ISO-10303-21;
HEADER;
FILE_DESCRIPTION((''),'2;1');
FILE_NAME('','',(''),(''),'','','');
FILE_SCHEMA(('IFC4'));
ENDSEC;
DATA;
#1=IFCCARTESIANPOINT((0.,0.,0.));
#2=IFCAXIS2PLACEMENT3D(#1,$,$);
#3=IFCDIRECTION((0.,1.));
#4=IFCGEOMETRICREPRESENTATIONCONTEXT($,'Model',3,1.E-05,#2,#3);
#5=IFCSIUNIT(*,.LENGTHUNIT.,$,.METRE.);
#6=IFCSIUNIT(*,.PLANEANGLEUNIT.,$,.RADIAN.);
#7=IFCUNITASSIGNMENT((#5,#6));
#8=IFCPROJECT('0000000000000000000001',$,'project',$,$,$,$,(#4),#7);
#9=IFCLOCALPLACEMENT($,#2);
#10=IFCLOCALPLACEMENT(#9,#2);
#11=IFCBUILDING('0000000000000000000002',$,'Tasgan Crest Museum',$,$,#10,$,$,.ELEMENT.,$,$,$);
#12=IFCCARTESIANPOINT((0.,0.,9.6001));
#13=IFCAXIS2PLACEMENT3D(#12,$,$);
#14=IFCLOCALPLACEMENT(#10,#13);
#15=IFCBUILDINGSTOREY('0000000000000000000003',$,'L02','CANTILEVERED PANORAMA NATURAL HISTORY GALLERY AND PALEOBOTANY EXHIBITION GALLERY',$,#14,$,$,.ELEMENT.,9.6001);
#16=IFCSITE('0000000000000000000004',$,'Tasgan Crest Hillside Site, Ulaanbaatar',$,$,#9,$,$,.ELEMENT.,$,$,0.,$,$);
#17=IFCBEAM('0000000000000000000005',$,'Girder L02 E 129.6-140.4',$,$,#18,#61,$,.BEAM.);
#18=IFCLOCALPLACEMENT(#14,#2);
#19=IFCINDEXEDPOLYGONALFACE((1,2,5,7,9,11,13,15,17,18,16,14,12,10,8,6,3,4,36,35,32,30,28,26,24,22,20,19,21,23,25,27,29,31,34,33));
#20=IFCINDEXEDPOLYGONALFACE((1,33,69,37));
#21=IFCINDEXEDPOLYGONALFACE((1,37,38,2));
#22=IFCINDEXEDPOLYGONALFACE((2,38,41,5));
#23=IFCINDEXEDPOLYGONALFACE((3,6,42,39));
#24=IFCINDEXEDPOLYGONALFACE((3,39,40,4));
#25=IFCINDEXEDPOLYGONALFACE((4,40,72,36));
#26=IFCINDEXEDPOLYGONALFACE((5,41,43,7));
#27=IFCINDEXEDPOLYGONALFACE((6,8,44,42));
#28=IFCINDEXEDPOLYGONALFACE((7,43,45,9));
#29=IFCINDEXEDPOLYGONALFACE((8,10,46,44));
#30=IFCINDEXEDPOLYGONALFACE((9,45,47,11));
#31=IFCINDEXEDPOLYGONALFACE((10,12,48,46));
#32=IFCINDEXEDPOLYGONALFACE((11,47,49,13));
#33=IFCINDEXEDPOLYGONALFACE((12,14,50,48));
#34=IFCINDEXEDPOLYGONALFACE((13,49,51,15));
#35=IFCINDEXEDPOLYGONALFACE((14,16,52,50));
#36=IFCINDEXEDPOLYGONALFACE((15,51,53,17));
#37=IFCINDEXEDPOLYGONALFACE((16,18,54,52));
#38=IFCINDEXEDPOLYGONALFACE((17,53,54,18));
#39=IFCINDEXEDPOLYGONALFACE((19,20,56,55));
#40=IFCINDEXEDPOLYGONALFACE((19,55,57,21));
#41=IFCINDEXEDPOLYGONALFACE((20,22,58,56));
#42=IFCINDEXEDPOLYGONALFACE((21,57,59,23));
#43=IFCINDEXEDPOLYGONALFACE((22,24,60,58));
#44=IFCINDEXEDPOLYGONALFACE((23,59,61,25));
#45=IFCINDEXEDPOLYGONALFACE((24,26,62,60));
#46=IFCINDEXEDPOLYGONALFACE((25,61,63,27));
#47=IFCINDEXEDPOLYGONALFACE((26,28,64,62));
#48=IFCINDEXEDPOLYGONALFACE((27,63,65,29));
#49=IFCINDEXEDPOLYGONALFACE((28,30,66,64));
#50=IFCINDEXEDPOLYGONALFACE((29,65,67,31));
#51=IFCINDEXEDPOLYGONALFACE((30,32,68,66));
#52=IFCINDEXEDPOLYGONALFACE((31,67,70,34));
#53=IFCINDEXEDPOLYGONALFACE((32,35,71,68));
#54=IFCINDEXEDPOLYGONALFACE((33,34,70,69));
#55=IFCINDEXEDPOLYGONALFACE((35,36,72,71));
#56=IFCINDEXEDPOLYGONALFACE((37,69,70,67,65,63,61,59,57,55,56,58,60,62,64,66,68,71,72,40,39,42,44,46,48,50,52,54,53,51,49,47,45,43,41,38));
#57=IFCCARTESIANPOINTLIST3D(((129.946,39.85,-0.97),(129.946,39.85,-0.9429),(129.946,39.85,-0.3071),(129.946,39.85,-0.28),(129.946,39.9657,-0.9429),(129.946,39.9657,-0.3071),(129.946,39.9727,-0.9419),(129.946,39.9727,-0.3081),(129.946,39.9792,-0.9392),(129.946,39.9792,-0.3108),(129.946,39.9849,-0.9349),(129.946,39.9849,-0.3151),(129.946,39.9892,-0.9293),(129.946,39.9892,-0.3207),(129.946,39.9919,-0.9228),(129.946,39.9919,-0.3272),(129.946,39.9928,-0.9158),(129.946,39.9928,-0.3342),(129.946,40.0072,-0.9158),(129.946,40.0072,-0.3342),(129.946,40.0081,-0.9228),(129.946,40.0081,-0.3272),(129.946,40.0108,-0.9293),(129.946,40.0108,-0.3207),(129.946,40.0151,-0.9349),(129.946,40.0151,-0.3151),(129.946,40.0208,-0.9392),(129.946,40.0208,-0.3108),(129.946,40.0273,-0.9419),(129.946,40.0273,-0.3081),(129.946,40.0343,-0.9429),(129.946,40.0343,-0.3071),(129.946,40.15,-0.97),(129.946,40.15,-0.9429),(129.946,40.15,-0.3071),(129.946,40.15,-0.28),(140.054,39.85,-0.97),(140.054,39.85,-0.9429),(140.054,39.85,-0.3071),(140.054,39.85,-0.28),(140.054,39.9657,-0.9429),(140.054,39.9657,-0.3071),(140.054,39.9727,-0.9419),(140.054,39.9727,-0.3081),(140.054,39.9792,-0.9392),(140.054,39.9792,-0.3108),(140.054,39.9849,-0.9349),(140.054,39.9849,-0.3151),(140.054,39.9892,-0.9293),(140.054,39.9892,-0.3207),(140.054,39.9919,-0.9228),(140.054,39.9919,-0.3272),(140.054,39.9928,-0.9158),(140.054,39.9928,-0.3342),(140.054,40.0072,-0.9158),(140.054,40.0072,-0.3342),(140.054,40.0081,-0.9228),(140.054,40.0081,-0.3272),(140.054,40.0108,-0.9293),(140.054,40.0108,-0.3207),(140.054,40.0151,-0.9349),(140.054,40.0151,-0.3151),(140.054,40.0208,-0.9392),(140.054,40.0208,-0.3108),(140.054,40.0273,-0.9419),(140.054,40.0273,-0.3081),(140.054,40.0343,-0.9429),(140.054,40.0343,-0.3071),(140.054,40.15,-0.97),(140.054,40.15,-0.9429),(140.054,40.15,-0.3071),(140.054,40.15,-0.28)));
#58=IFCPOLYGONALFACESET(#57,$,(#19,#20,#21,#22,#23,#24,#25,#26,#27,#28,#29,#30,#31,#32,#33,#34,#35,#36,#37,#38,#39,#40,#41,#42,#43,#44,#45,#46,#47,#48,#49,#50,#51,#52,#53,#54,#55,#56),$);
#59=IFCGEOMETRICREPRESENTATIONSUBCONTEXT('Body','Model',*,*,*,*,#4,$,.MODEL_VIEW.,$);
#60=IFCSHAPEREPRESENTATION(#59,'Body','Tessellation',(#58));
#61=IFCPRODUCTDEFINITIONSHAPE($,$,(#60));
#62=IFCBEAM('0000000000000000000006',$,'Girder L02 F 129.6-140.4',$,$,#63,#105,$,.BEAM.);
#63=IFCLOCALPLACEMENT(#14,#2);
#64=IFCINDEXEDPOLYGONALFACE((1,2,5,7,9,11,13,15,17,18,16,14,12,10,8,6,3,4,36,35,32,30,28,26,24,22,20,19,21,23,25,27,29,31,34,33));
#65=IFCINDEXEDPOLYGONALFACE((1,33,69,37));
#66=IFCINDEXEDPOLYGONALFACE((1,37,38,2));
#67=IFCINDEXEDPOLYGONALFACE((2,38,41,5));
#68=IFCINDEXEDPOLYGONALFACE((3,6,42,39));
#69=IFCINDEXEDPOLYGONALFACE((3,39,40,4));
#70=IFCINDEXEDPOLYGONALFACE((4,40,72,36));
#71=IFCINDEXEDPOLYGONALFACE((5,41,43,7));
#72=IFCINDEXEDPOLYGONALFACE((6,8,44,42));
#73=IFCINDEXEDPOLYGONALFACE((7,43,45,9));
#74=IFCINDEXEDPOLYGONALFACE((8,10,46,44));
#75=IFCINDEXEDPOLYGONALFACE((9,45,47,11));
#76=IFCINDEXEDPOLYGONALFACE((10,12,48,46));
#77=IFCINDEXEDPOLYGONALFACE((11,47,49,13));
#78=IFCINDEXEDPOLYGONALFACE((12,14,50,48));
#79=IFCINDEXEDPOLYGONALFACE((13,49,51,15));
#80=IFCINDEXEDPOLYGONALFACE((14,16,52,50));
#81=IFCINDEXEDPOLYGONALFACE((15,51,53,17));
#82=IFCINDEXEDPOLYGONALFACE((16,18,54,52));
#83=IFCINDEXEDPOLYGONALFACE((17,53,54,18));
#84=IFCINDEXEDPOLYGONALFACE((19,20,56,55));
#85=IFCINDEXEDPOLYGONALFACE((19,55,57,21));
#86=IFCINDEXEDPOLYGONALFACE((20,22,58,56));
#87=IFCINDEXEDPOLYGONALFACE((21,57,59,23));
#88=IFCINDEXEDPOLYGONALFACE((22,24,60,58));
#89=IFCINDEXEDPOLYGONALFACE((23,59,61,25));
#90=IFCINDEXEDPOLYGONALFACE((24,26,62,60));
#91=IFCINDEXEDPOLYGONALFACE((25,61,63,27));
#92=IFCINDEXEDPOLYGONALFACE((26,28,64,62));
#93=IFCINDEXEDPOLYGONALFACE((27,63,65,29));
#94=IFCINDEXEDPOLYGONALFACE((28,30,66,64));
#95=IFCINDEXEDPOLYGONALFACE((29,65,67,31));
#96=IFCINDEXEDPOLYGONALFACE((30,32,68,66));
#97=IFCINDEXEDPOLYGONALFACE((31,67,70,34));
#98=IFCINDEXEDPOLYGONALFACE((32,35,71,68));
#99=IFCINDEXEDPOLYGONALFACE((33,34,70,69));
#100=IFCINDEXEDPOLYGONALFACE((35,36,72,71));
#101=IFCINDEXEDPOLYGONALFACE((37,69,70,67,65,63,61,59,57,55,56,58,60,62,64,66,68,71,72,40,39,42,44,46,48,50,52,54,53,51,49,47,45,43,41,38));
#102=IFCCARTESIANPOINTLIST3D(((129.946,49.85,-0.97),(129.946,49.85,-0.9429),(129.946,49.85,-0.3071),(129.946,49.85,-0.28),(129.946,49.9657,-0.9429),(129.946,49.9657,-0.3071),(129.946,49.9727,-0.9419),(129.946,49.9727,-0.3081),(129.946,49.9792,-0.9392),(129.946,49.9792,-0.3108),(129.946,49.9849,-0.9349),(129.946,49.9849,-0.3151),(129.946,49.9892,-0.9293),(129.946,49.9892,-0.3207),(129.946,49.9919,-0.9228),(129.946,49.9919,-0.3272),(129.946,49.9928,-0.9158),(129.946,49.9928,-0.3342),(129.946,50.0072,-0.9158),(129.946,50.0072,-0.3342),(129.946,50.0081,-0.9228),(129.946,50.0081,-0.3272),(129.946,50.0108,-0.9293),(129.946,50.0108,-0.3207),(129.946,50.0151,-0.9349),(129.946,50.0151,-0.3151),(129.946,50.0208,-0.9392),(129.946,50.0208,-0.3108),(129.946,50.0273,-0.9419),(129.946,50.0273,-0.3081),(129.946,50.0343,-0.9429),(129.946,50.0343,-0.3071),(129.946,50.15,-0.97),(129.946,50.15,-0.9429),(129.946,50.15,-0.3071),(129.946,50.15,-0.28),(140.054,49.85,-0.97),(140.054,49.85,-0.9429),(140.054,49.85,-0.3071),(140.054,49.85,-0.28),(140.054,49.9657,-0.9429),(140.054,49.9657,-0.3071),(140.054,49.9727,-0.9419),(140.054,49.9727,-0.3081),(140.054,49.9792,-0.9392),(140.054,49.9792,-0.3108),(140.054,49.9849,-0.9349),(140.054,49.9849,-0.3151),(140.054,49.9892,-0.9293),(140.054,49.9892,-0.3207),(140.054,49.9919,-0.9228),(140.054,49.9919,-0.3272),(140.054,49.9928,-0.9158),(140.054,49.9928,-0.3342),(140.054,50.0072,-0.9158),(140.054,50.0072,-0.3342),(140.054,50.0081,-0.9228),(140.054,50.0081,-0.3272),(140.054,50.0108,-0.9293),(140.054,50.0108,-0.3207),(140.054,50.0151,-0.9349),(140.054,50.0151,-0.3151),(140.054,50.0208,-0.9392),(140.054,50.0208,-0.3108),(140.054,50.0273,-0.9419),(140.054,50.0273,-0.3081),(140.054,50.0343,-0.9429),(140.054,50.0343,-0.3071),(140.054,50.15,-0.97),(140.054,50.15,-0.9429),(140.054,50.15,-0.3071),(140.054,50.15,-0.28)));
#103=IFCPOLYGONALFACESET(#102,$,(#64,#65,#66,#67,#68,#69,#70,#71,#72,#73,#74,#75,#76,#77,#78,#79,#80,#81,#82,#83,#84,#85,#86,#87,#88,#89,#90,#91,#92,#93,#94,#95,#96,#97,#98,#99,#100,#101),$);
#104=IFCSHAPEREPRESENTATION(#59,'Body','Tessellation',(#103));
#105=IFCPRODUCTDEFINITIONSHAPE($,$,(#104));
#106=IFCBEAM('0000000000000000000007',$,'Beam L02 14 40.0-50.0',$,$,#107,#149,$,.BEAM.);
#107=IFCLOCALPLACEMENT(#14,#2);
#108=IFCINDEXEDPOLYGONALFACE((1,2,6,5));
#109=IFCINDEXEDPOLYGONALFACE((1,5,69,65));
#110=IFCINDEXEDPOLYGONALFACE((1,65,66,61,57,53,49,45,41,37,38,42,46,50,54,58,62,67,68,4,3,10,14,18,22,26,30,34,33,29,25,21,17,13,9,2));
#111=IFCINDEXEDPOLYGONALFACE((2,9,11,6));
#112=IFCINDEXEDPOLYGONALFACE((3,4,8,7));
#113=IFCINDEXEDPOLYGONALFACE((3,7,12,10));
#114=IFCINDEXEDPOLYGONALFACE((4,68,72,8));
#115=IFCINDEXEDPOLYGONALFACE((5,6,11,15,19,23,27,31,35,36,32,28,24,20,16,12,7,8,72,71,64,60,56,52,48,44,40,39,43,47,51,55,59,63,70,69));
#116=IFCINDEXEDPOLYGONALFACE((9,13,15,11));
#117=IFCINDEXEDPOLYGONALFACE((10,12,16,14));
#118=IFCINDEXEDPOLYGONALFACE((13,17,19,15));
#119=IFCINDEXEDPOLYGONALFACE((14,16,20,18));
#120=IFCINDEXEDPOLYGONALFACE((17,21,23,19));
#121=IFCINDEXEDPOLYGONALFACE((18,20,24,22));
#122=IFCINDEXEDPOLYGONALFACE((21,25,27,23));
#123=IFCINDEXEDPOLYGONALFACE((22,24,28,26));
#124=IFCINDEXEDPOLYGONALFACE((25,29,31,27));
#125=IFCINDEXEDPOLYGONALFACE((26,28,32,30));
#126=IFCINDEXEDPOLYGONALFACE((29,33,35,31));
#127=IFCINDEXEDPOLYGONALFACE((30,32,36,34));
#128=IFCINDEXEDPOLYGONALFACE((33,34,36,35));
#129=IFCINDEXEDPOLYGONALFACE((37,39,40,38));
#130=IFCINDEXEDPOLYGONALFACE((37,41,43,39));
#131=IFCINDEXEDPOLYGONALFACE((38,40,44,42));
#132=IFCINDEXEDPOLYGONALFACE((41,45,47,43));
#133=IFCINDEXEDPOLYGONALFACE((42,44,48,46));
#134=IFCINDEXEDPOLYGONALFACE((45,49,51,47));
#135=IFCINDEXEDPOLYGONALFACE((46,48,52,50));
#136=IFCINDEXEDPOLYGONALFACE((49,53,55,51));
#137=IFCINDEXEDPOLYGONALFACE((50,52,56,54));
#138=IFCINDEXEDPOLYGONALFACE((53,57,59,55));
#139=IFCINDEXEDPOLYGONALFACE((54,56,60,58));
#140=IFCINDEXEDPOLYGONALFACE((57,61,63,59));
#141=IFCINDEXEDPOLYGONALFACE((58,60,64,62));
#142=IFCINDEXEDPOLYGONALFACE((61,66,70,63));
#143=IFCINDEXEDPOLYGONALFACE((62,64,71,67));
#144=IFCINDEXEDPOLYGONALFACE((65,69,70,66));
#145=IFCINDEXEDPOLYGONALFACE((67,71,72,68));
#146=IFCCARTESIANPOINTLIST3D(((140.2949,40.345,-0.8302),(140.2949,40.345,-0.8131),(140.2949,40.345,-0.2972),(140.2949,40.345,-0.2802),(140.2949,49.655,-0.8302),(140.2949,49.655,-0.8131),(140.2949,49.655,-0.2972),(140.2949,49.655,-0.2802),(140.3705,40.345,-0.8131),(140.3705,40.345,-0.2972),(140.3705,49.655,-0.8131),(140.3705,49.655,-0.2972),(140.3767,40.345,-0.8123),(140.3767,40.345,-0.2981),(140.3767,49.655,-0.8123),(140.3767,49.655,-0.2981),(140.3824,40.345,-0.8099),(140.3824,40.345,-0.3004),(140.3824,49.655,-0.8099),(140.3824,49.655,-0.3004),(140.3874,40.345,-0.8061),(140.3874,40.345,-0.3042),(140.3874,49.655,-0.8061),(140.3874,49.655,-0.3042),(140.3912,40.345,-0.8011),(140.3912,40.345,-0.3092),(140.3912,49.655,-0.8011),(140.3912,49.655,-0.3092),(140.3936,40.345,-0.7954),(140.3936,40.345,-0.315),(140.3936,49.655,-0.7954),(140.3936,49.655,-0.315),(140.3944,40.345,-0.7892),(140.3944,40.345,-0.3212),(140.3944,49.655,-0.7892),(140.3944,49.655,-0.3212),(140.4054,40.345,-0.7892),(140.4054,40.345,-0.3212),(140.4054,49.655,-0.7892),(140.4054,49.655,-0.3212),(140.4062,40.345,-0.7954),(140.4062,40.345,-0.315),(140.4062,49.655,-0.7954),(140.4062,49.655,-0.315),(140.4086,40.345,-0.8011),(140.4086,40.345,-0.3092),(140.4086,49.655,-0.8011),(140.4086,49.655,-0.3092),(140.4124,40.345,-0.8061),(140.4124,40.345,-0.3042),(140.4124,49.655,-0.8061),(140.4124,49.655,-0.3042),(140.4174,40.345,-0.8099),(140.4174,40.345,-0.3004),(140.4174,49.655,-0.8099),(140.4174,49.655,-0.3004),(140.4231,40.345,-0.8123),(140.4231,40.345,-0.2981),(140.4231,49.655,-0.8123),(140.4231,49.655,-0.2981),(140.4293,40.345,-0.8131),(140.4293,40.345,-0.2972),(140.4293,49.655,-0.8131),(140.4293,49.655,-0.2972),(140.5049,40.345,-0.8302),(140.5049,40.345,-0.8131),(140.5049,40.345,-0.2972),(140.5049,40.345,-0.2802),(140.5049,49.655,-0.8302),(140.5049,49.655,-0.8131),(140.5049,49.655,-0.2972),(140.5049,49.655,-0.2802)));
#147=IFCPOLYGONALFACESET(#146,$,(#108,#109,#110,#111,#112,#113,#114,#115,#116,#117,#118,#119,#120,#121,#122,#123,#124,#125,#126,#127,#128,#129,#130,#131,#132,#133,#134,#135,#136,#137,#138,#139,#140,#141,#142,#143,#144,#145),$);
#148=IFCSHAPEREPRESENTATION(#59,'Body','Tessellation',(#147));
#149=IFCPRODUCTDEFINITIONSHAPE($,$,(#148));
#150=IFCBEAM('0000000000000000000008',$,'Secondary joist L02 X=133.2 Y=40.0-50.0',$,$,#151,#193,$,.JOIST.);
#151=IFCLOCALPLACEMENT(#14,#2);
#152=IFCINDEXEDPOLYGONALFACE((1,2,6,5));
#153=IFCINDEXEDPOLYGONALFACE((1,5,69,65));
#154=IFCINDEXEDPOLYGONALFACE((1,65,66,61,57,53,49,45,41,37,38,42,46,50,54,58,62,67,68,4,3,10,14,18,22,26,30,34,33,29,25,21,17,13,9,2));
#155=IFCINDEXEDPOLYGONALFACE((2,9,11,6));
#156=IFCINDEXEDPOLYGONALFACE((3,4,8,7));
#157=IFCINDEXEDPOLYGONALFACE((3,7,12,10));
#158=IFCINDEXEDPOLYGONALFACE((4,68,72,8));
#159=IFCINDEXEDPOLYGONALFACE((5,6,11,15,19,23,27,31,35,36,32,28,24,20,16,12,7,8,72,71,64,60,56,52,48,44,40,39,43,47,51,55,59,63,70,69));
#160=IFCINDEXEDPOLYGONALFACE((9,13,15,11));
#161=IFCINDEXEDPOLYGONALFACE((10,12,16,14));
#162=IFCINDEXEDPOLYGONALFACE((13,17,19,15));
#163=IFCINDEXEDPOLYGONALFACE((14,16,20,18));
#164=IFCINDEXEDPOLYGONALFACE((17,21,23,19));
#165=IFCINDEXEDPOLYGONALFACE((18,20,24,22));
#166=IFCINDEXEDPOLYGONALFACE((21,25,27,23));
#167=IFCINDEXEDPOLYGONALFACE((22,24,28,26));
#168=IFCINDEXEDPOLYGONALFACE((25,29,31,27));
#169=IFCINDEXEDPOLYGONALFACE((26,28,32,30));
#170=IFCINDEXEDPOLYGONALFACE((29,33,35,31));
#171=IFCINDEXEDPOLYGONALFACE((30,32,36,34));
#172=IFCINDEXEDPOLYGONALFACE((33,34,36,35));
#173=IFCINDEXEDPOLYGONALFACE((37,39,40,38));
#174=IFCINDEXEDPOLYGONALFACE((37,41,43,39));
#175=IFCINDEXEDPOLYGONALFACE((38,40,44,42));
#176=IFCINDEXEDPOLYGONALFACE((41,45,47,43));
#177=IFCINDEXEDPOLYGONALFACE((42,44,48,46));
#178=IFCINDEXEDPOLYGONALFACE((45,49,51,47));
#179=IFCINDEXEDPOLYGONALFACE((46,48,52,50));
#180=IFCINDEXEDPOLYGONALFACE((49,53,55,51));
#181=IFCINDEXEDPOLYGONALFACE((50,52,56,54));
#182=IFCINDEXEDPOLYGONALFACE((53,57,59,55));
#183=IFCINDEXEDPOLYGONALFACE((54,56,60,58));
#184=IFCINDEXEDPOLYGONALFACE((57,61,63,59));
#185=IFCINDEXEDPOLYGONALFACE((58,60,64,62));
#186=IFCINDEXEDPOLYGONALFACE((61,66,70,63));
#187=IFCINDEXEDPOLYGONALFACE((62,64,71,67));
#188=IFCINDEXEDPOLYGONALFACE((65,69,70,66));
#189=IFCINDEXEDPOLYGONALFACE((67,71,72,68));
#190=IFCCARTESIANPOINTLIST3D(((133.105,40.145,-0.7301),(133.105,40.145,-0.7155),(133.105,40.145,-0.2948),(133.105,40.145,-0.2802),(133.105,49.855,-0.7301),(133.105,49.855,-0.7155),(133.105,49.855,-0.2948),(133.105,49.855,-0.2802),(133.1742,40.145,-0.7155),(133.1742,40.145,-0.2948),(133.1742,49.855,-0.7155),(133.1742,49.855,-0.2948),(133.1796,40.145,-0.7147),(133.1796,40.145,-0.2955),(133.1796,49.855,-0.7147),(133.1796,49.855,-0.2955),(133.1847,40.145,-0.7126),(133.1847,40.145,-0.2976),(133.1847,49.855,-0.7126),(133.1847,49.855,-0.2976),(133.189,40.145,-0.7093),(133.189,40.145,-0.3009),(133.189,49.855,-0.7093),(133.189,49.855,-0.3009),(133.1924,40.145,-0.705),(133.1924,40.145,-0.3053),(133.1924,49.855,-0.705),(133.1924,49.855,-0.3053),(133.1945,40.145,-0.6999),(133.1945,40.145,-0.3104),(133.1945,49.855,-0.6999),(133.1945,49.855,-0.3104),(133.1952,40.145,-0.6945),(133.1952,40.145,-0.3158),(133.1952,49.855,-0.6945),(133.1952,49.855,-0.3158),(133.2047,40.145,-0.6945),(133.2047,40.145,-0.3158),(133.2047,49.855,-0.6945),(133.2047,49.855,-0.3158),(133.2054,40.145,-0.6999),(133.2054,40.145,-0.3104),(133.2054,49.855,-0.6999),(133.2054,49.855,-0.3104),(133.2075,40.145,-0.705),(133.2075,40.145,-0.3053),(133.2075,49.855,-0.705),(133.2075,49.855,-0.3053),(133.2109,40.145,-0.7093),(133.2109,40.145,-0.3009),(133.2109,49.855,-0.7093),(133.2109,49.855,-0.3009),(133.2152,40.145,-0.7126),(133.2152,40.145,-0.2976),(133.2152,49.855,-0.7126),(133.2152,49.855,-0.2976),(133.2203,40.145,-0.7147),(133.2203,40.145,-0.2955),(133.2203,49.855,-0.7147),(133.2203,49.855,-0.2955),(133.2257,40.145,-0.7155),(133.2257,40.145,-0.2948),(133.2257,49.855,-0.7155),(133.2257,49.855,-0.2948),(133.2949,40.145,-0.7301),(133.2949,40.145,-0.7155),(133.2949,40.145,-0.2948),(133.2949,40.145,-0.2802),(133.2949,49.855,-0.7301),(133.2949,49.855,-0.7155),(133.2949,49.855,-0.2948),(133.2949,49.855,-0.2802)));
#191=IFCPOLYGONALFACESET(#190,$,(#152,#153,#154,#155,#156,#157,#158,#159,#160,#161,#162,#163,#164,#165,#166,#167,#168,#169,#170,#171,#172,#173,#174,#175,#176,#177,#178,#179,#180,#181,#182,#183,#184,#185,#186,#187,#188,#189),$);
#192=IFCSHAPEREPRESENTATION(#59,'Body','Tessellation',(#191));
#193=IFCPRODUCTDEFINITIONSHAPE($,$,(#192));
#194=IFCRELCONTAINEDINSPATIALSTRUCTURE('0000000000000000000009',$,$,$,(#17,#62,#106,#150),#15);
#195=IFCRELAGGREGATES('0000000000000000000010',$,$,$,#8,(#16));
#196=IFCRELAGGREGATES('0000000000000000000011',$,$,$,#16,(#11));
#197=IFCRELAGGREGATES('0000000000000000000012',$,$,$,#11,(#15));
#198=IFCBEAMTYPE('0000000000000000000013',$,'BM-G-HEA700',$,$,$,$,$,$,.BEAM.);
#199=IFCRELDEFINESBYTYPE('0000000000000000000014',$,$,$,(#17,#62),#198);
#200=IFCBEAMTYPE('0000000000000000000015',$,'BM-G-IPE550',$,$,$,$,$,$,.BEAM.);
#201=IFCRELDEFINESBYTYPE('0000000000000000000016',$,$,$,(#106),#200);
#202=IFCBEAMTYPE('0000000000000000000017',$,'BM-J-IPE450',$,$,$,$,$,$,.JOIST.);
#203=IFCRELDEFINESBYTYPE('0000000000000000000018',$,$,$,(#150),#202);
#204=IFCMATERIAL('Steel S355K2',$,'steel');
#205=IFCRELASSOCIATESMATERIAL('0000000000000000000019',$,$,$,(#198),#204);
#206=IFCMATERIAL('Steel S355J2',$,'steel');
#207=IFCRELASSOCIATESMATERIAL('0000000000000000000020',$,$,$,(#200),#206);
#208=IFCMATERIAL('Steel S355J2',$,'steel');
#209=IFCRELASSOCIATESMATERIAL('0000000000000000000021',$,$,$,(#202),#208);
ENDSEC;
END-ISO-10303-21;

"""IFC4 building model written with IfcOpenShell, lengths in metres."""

from ifc_helpers import new_model, si_unit, direction, frame, origin, origin_2d, place, context, subcontext, project, spatial, i_section, extrude, material, material_profile, profile_set, type_object, element, save


model = new_model("IFC4")

# Units and contexts
model_context = context("Model", 3, precision=1e-05, world=origin(), true_north=direction((0.0, 1.0)))
body_context = subcontext(model_context, "Body", "Model", "MODEL_VIEW")
ifc_project = project(units=[si_unit("LENGTHUNIT", "METRE"), si_unit("PLANEANGLEUNIT", "RADIAN")], contexts=[model_context])

# Site, building, storey
site_placement = place(None, origin())
site = spatial("IfcSite", under=ifc_project, at=site_placement, Name="Tasgan Crest Hillside Site, Ulaanbaatar", CompositionType="ELEMENT", RefElevation=0.0)
building_placement = place(site_placement, origin())
building = spatial("IfcBuilding", under=site, at=building_placement, Name="Tasgan Crest Museum", CompositionType="ELEMENT")
storey_placement = place(building_placement, frame((0.0, 0.0, 9.6001)))
storey = spatial("IfcBuildingStorey", under=building, at=storey_placement, Name="L02", Description="CANTILEVERED PANORAMA NATURAL HISTORY GALLERY AND PALEOBOTANY EXHIBITION GALLERY", CompositionType="ELEMENT", Elevation=9.6001)

# Beams
ifc_material_1 = material(Name="Steel S355K2", Category="steel")
ifc_material_profile_1 = material_profile(ifc_material_1, i_section(OverallWidth=0.3, OverallDepth=0.6899, WebThickness=0.0144, FlangeThickness=0.0271, FilletRadius=0.0271, at=origin_2d()), Name="HEA 700")
ifc_profile_set_1 = profile_set([ifc_material_profile_1], Name="Steel S355K2")
beam_type_1 = type_object("IfcBeamType", Name="BM-G-HEA700", PredefinedType="BEAM", material=ifc_profile_set_1)
for number, where, z_axis, x_axis, name in (
    (1, (129.946, 40.0, -0.625), (1.0, 0.0, 0.0), (0.0, 1.0, 0.0), "Girder L02 E 129.6-140.4"),
    (2, (129.946, 50.0, -0.625), (1.0, 0.0, 0.0), (0.0, 1.0, 0.0), "Girder L02 F 129.6-140.4"),
):
    element("IfcBeam", number, at=place(storey_placement, frame(where, z_axis=z_axis, x_axis=x_axis)), inside=storey, type_object=beam_type_1, Name=name, PredefinedType="BEAM", context=body_context, shape_type="SweptSolid", body=[
        extrude(i_section(OverallWidth=0.3, OverallDepth=0.6899, WebThickness=0.0144, FlangeThickness=0.0271, FilletRadius=0.0271, at=origin_2d()), origin(), (0.0, 0.0, 1.0), 10.1079),
    ])
ifc_material_2 = material(Name="Steel S355J2", Category="steel")
ifc_material_profile_2 = material_profile(ifc_material_2, i_section(OverallWidth=0.21, OverallDepth=0.55, WebThickness=0.011, FlangeThickness=0.0171, FilletRadius=0.0239, at=origin_2d()), Name="IPE 550")
ifc_profile_set_2 = profile_set([ifc_material_profile_2], Name="Steel S355J2")
beam_type_2 = type_object("IfcBeamType", Name="BM-G-IPE550", PredefinedType="BEAM", material=ifc_profile_set_2)
beam_1_placement = place(storey_placement, frame((140.3999, 40.345, -0.5552), z_axis=(0.0, 1.0, 0.0), x_axis=(-1.0, 0.0, 0.0)))
element("IfcBeam", 3, at=beam_1_placement, inside=storey, type_object=beam_type_2, Name="Beam L02 14 40.0-50.0", PredefinedType="BEAM", context=body_context, shape_type="SweptSolid", body=[
    extrude(i_section(OverallWidth=0.21, OverallDepth=0.55, WebThickness=0.011, FlangeThickness=0.0171, FilletRadius=0.0239, at=origin_2d()), origin(), (0.0, 0.0, 1.0), 9.3101),
])
ifc_material_3 = material(Name="Steel S355J2", Category="steel")
ifc_material_profile_3 = material_profile(ifc_material_3, i_section(OverallWidth=0.1899, OverallDepth=0.45, WebThickness=0.0095, FlangeThickness=0.0146, FilletRadius=0.021, at=origin_2d()), Name="IPE 450")
ifc_profile_set_3 = profile_set([ifc_material_profile_3], Name="Steel S355J2")
beam_type_3 = type_object("IfcBeamType", Name="BM-J-IPE450", PredefinedType="JOIST", material=ifc_profile_set_3)
for number, where, z_axis, x_axis, name in (
    (4, (133.2, 40.145, -0.5051), (0.0, 1.0, 0.0), (-1.0, 0.0, 0.0), "Secondary joist L02 X=133.2 Y=40.0-50.0"),
):
    element("IfcBeam", number, at=place(storey_placement, frame(where, z_axis=z_axis, x_axis=x_axis)), inside=storey, type_object=beam_type_3, Name=name, PredefinedType="JOIST", context=body_context, shape_type="SweptSolid", body=[
        extrude(i_section(OverallWidth=0.1899, OverallDepth=0.45, WebThickness=0.0095, FlangeThickness=0.0146, FilletRadius=0.021, at=origin_2d()), origin(), (0.0, 0.0, 1.0), 9.71),
    ])

save(model, "model.ifc")
